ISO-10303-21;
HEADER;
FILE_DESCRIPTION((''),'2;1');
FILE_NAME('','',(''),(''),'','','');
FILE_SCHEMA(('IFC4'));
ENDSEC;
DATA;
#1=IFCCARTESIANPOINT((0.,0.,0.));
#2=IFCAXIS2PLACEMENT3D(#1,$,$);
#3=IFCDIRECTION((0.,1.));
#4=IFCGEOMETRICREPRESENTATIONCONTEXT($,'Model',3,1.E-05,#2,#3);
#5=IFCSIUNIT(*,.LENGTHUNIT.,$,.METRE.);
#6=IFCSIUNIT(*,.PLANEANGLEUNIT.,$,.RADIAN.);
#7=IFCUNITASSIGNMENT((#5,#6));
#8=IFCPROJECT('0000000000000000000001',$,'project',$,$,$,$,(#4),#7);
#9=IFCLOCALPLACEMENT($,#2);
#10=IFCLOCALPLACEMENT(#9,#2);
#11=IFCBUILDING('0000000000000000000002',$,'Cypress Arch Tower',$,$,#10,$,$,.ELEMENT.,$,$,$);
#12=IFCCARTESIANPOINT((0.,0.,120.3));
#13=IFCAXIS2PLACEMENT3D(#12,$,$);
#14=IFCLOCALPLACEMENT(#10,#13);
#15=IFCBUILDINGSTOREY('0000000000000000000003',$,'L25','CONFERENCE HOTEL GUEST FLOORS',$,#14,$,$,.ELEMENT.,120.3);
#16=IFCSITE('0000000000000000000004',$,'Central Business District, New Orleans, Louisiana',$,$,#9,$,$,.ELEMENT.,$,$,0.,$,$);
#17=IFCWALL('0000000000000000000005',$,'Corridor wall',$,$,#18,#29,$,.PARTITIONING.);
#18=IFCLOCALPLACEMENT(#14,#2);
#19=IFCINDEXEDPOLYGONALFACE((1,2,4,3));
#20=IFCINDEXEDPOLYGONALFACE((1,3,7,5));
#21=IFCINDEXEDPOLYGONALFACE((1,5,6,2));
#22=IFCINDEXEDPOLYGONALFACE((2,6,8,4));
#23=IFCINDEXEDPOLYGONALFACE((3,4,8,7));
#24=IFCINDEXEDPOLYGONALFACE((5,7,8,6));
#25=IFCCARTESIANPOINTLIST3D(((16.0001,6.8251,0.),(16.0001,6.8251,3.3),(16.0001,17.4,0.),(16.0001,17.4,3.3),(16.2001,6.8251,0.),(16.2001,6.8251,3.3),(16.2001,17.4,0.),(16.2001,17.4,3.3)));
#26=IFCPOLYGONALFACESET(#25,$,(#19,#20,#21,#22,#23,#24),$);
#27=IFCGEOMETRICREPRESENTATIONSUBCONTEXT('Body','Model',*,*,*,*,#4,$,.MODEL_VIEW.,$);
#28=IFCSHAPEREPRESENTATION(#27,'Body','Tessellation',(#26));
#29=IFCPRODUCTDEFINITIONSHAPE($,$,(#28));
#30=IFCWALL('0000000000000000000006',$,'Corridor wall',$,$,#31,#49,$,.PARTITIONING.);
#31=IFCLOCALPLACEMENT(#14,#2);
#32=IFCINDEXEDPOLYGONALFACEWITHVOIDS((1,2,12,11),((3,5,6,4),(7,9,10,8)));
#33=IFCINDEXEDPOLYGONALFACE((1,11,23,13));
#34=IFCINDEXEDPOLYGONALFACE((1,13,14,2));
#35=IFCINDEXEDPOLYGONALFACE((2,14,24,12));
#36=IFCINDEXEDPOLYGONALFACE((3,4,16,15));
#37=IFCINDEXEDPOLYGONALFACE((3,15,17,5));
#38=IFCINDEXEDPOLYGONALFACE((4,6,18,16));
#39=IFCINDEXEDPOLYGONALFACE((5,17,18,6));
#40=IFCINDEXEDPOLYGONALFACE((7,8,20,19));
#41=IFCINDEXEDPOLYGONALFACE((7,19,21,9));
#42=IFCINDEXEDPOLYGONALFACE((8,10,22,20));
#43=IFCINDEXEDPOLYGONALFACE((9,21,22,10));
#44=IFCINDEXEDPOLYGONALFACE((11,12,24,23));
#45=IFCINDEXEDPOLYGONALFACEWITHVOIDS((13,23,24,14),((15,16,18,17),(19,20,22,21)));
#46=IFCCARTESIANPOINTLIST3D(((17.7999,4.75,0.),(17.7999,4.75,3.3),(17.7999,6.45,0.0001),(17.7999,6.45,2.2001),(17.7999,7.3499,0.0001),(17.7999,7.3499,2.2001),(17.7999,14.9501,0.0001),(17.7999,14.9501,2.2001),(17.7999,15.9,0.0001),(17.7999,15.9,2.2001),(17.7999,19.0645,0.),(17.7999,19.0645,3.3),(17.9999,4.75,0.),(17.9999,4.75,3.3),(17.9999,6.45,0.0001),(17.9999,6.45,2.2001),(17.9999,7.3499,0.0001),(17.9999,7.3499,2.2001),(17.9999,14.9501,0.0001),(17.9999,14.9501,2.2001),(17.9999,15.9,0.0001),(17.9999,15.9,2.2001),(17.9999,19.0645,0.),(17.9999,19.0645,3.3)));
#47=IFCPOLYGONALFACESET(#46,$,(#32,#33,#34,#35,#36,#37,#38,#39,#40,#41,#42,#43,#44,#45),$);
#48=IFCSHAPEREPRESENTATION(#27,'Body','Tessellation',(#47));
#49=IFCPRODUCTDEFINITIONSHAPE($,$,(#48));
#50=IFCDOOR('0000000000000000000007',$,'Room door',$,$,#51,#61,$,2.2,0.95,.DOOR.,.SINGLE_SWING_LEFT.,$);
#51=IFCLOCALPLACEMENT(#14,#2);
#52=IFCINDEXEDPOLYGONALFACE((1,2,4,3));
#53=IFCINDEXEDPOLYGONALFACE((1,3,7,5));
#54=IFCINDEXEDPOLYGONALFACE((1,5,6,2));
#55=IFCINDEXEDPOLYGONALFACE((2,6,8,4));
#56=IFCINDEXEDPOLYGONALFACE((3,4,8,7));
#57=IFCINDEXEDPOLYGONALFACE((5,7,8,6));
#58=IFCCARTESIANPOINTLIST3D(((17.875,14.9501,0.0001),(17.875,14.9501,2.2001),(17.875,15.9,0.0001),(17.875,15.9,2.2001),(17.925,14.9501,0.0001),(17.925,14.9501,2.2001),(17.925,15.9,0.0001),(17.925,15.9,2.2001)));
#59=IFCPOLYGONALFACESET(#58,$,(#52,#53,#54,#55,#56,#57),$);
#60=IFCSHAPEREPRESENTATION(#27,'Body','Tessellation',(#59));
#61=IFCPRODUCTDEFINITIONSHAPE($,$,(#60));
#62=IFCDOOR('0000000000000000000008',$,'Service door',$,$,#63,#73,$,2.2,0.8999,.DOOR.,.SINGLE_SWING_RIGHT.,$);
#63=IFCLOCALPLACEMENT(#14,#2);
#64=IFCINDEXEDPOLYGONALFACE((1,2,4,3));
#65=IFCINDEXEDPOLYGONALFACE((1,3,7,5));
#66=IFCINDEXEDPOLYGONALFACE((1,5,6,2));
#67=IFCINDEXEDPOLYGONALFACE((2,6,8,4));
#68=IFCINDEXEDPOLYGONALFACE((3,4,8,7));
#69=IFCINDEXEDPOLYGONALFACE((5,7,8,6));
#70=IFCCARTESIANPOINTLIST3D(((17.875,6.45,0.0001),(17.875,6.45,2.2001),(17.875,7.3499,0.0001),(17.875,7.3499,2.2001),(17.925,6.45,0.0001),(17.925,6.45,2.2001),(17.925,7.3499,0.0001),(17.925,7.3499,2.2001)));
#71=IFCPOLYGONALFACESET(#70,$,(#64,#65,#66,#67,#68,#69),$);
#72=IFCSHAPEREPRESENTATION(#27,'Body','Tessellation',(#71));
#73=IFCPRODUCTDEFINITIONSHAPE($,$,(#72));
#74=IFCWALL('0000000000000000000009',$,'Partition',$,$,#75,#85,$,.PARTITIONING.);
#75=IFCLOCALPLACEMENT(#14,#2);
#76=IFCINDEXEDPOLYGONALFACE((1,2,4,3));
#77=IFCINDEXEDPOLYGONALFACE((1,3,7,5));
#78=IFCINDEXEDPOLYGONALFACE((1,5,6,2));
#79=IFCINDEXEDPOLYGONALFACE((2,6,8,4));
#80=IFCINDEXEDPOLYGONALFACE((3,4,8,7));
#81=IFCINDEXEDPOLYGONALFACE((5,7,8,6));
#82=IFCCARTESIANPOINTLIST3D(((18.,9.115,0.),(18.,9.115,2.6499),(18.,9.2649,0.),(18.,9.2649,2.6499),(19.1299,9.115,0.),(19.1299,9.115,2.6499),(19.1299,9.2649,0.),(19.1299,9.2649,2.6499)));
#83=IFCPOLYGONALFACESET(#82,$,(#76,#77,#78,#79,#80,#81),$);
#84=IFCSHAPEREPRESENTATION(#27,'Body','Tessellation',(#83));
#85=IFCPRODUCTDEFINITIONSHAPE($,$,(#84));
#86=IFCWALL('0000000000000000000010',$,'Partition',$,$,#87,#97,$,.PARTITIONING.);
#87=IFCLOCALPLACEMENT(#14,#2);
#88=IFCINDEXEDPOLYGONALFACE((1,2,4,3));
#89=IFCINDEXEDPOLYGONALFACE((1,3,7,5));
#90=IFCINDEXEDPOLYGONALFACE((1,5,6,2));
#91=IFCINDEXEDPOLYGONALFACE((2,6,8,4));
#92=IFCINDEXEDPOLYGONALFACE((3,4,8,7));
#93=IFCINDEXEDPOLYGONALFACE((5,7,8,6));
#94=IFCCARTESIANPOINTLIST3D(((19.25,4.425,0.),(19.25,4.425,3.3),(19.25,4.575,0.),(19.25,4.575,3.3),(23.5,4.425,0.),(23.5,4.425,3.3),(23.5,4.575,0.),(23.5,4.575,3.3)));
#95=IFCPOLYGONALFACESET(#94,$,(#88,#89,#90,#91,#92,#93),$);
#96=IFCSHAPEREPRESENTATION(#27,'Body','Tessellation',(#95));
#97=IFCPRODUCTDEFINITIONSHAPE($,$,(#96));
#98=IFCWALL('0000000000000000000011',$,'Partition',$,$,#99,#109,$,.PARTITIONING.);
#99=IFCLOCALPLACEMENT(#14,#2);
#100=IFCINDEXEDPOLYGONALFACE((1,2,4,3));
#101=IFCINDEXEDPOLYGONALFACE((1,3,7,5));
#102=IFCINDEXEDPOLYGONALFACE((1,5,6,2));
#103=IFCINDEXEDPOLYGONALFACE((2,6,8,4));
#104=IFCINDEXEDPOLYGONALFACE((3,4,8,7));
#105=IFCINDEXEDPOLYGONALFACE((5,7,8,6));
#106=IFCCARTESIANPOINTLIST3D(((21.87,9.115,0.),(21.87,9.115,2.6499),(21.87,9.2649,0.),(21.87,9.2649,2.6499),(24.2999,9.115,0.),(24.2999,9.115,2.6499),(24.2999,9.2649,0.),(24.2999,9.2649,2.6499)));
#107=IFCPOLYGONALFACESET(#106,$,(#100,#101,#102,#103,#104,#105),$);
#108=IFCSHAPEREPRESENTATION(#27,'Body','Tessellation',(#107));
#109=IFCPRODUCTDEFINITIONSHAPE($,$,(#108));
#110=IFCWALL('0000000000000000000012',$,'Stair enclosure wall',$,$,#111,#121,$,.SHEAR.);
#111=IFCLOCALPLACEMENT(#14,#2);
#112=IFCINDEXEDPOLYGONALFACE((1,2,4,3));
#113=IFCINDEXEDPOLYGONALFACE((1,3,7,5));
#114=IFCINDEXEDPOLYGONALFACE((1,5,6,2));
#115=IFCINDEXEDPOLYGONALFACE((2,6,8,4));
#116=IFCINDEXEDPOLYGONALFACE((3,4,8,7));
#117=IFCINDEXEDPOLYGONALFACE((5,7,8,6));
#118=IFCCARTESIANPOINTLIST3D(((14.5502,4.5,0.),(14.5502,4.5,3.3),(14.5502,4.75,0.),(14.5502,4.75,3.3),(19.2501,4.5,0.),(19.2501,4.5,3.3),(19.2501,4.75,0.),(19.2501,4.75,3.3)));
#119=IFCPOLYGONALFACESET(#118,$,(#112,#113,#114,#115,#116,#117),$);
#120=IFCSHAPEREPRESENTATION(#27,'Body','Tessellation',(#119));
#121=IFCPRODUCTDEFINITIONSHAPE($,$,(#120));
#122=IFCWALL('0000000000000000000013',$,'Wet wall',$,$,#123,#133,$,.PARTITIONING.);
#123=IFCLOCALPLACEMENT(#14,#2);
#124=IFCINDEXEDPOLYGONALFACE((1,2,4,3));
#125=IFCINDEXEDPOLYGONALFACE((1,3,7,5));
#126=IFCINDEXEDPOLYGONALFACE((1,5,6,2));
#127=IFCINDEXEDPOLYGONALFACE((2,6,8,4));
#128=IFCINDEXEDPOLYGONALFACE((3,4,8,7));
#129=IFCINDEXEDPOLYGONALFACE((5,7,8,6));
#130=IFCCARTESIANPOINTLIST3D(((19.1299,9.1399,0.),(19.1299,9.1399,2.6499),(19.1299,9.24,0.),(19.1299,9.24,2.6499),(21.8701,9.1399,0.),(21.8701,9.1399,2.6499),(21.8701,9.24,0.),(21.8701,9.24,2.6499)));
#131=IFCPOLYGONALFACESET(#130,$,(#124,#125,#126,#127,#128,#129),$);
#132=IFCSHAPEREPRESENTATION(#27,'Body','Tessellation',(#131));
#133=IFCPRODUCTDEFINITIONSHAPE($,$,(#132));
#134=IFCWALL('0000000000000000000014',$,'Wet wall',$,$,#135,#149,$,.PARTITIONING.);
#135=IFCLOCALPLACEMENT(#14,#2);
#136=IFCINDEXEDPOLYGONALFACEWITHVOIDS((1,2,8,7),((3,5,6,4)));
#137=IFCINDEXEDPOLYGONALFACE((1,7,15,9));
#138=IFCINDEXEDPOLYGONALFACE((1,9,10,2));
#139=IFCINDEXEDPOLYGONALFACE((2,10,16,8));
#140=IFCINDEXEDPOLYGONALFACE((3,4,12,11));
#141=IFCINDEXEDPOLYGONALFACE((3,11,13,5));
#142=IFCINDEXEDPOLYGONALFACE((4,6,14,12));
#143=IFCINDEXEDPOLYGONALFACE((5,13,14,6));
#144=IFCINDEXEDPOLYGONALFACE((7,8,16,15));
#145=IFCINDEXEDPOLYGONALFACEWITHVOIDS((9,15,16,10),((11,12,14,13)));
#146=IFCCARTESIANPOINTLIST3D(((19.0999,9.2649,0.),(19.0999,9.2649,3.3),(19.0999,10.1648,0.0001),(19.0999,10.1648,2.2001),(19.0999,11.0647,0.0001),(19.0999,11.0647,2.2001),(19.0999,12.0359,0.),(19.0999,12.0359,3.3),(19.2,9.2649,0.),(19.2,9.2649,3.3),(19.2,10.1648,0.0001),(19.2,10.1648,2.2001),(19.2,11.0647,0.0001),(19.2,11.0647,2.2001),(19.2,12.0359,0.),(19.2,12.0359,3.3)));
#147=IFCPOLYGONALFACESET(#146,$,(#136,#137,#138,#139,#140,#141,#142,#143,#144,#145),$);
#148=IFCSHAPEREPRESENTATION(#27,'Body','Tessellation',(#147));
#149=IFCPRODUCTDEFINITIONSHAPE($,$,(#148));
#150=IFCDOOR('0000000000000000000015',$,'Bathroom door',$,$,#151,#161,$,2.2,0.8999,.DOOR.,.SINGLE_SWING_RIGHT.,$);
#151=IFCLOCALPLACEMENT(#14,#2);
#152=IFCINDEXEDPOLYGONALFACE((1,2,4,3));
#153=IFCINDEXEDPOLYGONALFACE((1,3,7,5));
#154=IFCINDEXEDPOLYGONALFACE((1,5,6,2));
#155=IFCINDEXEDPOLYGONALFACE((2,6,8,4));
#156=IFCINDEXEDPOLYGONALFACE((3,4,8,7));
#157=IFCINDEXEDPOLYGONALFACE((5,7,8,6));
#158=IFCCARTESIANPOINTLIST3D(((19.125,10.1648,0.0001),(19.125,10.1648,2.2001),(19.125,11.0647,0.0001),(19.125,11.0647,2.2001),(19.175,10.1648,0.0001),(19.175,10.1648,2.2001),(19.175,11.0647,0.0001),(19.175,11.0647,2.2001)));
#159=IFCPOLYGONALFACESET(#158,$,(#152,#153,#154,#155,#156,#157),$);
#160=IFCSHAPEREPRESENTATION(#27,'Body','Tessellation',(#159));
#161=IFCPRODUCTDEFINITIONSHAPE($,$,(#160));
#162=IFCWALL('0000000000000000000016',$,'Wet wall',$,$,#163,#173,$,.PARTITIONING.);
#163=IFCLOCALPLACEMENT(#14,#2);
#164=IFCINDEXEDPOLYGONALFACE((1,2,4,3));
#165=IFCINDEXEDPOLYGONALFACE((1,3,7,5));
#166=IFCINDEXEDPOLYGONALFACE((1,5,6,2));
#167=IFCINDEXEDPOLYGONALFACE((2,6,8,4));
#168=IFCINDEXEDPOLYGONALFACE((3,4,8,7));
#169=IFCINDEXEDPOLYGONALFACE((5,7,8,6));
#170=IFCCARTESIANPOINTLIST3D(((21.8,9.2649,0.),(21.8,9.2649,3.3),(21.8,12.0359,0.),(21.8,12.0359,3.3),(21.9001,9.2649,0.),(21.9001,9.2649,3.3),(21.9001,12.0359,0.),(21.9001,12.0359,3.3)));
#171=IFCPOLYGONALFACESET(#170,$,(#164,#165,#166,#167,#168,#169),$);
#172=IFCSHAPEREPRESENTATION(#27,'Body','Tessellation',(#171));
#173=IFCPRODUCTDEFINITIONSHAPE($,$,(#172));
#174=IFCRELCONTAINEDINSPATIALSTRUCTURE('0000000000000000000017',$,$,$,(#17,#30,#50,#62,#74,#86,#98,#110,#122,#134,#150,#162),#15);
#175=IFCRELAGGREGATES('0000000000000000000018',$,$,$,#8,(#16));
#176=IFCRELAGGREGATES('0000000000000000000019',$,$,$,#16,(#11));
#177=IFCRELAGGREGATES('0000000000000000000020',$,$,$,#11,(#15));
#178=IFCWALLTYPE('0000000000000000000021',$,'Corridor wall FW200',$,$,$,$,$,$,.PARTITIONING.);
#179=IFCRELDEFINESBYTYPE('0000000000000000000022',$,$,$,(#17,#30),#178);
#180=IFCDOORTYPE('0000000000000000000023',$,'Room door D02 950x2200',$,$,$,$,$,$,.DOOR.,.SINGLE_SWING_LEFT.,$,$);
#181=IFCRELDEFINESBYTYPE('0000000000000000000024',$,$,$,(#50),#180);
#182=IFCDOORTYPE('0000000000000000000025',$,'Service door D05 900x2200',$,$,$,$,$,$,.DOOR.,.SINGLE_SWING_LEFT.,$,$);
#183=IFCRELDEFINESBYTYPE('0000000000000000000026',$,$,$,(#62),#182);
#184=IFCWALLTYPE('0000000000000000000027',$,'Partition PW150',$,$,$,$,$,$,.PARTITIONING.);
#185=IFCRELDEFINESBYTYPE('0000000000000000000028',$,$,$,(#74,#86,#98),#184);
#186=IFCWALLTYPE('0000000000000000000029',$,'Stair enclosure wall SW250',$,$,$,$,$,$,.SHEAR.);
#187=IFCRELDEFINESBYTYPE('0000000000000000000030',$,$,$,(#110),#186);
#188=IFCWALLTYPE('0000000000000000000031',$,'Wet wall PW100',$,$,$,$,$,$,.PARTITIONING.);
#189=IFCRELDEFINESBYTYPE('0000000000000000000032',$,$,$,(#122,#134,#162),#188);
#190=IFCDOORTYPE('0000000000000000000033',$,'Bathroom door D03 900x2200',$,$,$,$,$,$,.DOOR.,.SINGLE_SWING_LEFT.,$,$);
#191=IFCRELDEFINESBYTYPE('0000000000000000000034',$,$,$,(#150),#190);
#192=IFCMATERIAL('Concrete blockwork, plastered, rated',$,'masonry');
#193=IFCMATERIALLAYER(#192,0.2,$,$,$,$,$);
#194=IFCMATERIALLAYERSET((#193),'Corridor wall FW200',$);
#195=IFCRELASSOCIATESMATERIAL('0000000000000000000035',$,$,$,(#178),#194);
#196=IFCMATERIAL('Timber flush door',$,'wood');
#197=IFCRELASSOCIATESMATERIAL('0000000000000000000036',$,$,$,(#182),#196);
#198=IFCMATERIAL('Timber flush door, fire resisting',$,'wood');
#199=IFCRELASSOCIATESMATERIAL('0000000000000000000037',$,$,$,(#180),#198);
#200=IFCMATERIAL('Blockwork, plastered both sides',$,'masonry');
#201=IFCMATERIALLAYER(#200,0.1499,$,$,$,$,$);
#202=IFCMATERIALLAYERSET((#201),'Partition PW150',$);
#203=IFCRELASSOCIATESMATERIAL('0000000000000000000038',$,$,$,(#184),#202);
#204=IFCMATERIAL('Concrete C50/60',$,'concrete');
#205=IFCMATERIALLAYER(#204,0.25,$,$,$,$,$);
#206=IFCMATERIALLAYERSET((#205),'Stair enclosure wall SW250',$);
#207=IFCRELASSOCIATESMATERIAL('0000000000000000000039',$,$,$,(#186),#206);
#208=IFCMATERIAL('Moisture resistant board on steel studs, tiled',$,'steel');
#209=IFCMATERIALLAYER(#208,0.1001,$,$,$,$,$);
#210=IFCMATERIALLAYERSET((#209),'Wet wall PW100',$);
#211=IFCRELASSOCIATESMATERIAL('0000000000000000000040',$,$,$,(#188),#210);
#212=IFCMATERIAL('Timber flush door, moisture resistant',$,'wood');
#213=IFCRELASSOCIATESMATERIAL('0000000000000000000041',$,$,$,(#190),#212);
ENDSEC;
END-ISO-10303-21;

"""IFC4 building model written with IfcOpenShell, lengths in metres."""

from ifc_helpers import new_model, si_unit, direction, frame, frame_2d, origin, place, context, subcontext, project, spatial, rectangle, extrude, material, layer, layer_set, type_object, element, fill, save


model = new_model("IFC4")

# Units and contexts
model_context = context("Model", 3, precision=1e-05, world=origin(), true_north=direction((0.0, 1.0)))
body_context = subcontext(model_context, "Body", "Model", "MODEL_VIEW")
ifc_project = project(units=[si_unit("LENGTHUNIT", "METRE"), si_unit("PLANEANGLEUNIT", "RADIAN")], contexts=[model_context])

# Site, building, storey
site_placement = place(None, origin())
site = spatial("IfcSite", under=ifc_project, at=site_placement, Name="Central Business District, New Orleans, Louisiana", CompositionType="ELEMENT", RefElevation=0.0)
building_placement = place(site_placement, origin())
building = spatial("IfcBuilding", under=site, at=building_placement, Name="Cypress Arch Tower", CompositionType="ELEMENT")
storey_placement = place(building_placement, frame((0.0, 0.0, 120.3)))
storey = spatial("IfcBuildingStorey", under=building, at=storey_placement, Name="L25", Description="CONFERENCE HOTEL GUEST FLOORS", CompositionType="ELEMENT", Elevation=120.3)

# Shared definitions
ifc_material_1 = material(Name="Concrete blockwork, plastered, rated", Category="masonry")
ifc_layer_1 = layer(ifc_material_1, 0.2)
ifc_layer_set_1 = layer_set([ifc_layer_1], Name="Corridor wall FW200")
wall_type_1 = type_object("IfcWallType", Name="Corridor wall FW200", PredefinedType="PARTITIONING", material=ifc_layer_set_1)
ifc_material_2 = material(Name="Timber flush door", Category="wood")
door_type_1 = type_object("IfcDoorType", Name="Service door D05 900x2200", OperationType="SINGLE_SWING_LEFT", PredefinedType="DOOR", material=ifc_material_2)

# Wall
wall_1_placement = place(storey_placement, frame((16.1001, 6.825, 0.0), z_axis=(0.0, 0.0, 1.0), x_axis=(0.0, 1.0, 0.0)))
element("IfcWall", 1, at=wall_1_placement, inside=storey, type_object=wall_type_1, Name="Corridor wall", PredefinedType="PARTITIONING", context=body_context, shape_type="SweptSolid", body=[
    extrude(rectangle(XDim=10.575, YDim=0.2, at=frame_2d((5.2876, 0.0))), origin(), (0.0, 0.0, 1.0), 3.3),
])

# Wall, openings, doors
wall_2_placement = place(storey_placement, frame((17.8999, 4.75, 0.0), z_axis=(0.0, 0.0, 1.0), x_axis=(0.0, 1.0, 0.0)))
wall_2 = element("IfcWall", 2, at=wall_2_placement, inside=storey, type_object=wall_type_1, Name="Corridor wall", PredefinedType="PARTITIONING", context=body_context, shape_type="SweptSolid", body=[
    extrude(rectangle(XDim=14.3145, YDim=0.2, at=frame_2d((7.1572, 0.0))), origin(), (0.0, 0.0, 1.0), 3.3),
])
opening_1_placement = place(wall_2_placement, frame((1.7, 0.0, 0.0)))
opening_1 = element("IfcOpeningElement", 3, at=opening_1_placement, cuts=wall_2, PredefinedType="OPENING", context=body_context, shape_type="SweptSolid", body=[
    extrude(rectangle(XDim=0.8999, YDim=2.2, at=frame_2d((0.45, 1.1001))), frame((0.0, 0.1099, 0.0), z_axis=(0.0, -1.0, 0.0), x_axis=(1.0, 0.0, 0.0)), (0.0, 0.0, 1.0), 0.22),
])
opening_2_placement = place(wall_2_placement, frame((10.2, 0.0, 0.0)))
opening_2 = element("IfcOpeningElement", 4, at=opening_2_placement, cuts=wall_2, PredefinedType="OPENING", context=body_context, shape_type="SweptSolid", body=[
    extrude(rectangle(XDim=0.95, YDim=2.2, at=frame_2d((0.4751, 1.1001))), frame((0.0, 0.1099, 0.0), z_axis=(0.0, -1.0, 0.0), x_axis=(1.0, 0.0, 0.0)), (0.0, 0.0, 1.0), 0.22),
])
ifc_material_3 = material(Name="Timber flush door, fire resisting", Category="wood")
door_type_2 = type_object("IfcDoorType", Name="Room door D02 950x2200", OperationType="SINGLE_SWING_LEFT", PredefinedType="DOOR", material=ifc_material_3)
door_1_placement = place(opening_2_placement, origin())
door_1 = element("IfcDoor", 5, at=door_1_placement, inside=storey, type_object=door_type_2, Name="Room door", OperationType="SINGLE_SWING_LEFT", OverallHeight=2.2, OverallWidth=0.95, PredefinedType="DOOR", context=body_context, shape_type="SweptSolid", body=[
    extrude(rectangle(XDim=0.95, YDim=2.2, at=frame_2d((0.4751, 1.1001))), frame((0.0, 0.0249, 0.0), z_axis=(0.0, -1.0, 0.0), x_axis=(1.0, 0.0, 0.0)), (0.0, 0.0, 1.0), 0.05),
])
fill(opening_2, door_1)
door_2_placement = place(opening_1_placement, origin())
door_2 = element("IfcDoor", 6, at=door_2_placement, inside=storey, type_object=door_type_1, Name="Service door", OperationType="SINGLE_SWING_RIGHT", OverallHeight=2.2, OverallWidth=0.8999, PredefinedType="DOOR", context=body_context, shape_type="SweptSolid", body=[
    extrude(rectangle(XDim=0.8999, YDim=2.2, at=frame_2d((0.45, 1.1001))), frame((0.0, 0.0249, 0.0), z_axis=(0.0, -1.0, 0.0), x_axis=(1.0, 0.0, 0.0)), (0.0, 0.0, 1.0), 0.05),
])
fill(opening_1, door_2)

# Walls
ifc_material_4 = material(Name="Blockwork, plastered both sides", Category="masonry")
ifc_layer_2 = layer(ifc_material_4, 0.1499)
ifc_layer_set_2 = layer_set([ifc_layer_2], Name="Partition PW150")
wall_type_2 = type_object("IfcWallType", Name="Partition PW150", PredefinedType="PARTITIONING", material=ifc_layer_set_2)
wall_3_placement = place(storey_placement, frame((18.0, 9.1899, 0.0), z_axis=(0.0, 0.0, 1.0), x_axis=(1.0, 0.0, 0.0)))
element("IfcWall", 7, at=wall_3_placement, inside=storey, type_object=wall_type_2, Name="Partition", PredefinedType="PARTITIONING", context=body_context, shape_type="SweptSolid", body=[
    extrude(rectangle(XDim=1.1299, YDim=0.1499, at=frame_2d((0.5649, 0.0))), origin(), (0.0, 0.0, 1.0), 2.6499),
])
wall_4_placement = place(storey_placement, frame((19.25, 4.5, 0.0), z_axis=(0.0, 0.0, 1.0), x_axis=(1.0, 0.0, 0.0)))
element("IfcWall", 8, at=wall_4_placement, inside=storey, type_object=wall_type_2, Name="Partition", PredefinedType="PARTITIONING", context=body_context, shape_type="SweptSolid", body=[
    extrude(rectangle(XDim=4.25, YDim=0.1499, at=frame_2d((2.125, 0.0))), origin(), (0.0, 0.0, 1.0), 3.3),
])
wall_5_placement = place(storey_placement, frame((21.8701, 9.1899, 0.0), z_axis=(0.0, 0.0, 1.0), x_axis=(1.0, 0.0, 0.0)))
element("IfcWall", 9, at=wall_5_placement, inside=storey, type_object=wall_type_2, Name="Partition", PredefinedType="PARTITIONING", context=body_context, shape_type="SweptSolid", body=[
    extrude(rectangle(XDim=2.4299, YDim=0.1499, at=frame_2d((1.2148, 0.0))), origin(), (0.0, 0.0, 1.0), 2.6499),
])
ifc_material_5 = material(Name="Concrete C50/60", Category="concrete")
ifc_layer_3 = layer(ifc_material_5, 0.25)
ifc_layer_set_3 = layer_set([ifc_layer_3], Name="Stair enclosure wall SW250")
wall_type_3 = type_object("IfcWallType", Name="Stair enclosure wall SW250", PredefinedType="SHEAR", material=ifc_layer_set_3)
wall_6_placement = place(storey_placement, frame((14.55, 4.625, 0.0), z_axis=(0.0, 0.0, 1.0), x_axis=(1.0, 0.0, 0.0)))
element("IfcWall", 10, at=wall_6_placement, inside=storey, type_object=wall_type_3, Name="Stair enclosure wall", PredefinedType="SHEAR", context=body_context, shape_type="SweptSolid", body=[
    extrude(rectangle(XDim=4.7, YDim=0.25, at=frame_2d((2.3501, 0.0))), origin(), (0.0, 0.0, 1.0), 3.3),
])
ifc_material_6 = material(Name="Moisture resistant board on steel studs, tiled", Category="steel")
ifc_layer_4 = layer(ifc_material_6, 0.1001)
ifc_layer_set_4 = layer_set([ifc_layer_4], Name="Wet wall PW100")
wall_type_4 = type_object("IfcWallType", Name="Wet wall PW100", PredefinedType="PARTITIONING", material=ifc_layer_set_4)
wall_7_placement = place(storey_placement, frame((19.1299, 9.1899, 0.0), z_axis=(0.0, 0.0, 1.0), x_axis=(1.0, 0.0, 0.0)))
element("IfcWall", 11, at=wall_7_placement, inside=storey, type_object=wall_type_4, Name="Wet wall", PredefinedType="PARTITIONING", context=body_context, shape_type="SweptSolid", body=[
    extrude(rectangle(XDim=2.7402, YDim=0.1001, at=frame_2d((1.3701, 0.0))), origin(), (0.0, 0.0, 1.0), 2.6499),
])

# Wall, opening, door
wall_8_placement = place(storey_placement, frame((19.1499, 9.2649, 0.0), z_axis=(0.0, 0.0, 1.0), x_axis=(0.0, 1.0, 0.0)))
wall_8 = element("IfcWall", 12, at=wall_8_placement, inside=storey, type_object=wall_type_4, Name="Wet wall", PredefinedType="PARTITIONING", context=body_context, shape_type="SweptSolid", body=[
    extrude(rectangle(XDim=2.771, YDim=0.1001, at=frame_2d((1.3855, 0.0))), origin(), (0.0, 0.0, 1.0), 3.3),
])
opening_3_placement = place(wall_8_placement, frame((0.8999, 0.0, 0.0)))
opening_3 = element("IfcOpeningElement", 13, at=opening_3_placement, cuts=wall_8, PredefinedType="OPENING", context=body_context, shape_type="SweptSolid", body=[
    extrude(rectangle(XDim=0.8999, YDim=2.2, at=frame_2d((0.45, 1.1001))), frame((0.0, 0.0601, 0.0), z_axis=(0.0, -1.0, 0.0), x_axis=(1.0, 0.0, 0.0)), (0.0, 0.0, 1.0), 0.1201),
])
ifc_material_7 = material(Name="Timber flush door, moisture resistant", Category="wood")
door_type_3 = type_object("IfcDoorType", Name="Bathroom door D03 900x2200", OperationType="SINGLE_SWING_LEFT", PredefinedType="DOOR", material=ifc_material_7)
door_3_placement = place(opening_3_placement, origin())
door_3 = element("IfcDoor", 14, at=door_3_placement, inside=storey, type_object=door_type_3, Name="Bathroom door", OperationType="SINGLE_SWING_RIGHT", OverallHeight=2.2, OverallWidth=0.8999, PredefinedType="DOOR", context=body_context, shape_type="SweptSolid", body=[
    extrude(rectangle(XDim=0.8999, YDim=2.2, at=frame_2d((0.45, 1.1001))), frame((0.0, 0.0249, 0.0), z_axis=(0.0, -1.0, 0.0), x_axis=(1.0, 0.0, 0.0)), (0.0, 0.0, 1.0), 0.05),
])
fill(opening_3, door_3)

# Wall
wall_9_placement = place(storey_placement, frame((21.8501, 9.2649, 0.0), z_axis=(0.0, 0.0, 1.0), x_axis=(0.0, 1.0, 0.0)))
element("IfcWall", 15, at=wall_9_placement, inside=storey, type_object=wall_type_4, Name="Wet wall", PredefinedType="PARTITIONING", context=body_context, shape_type="SweptSolid", body=[
    extrude(rectangle(XDim=2.771, YDim=0.1001, at=frame_2d((1.3855, 0.0))), origin(), (0.0, 0.0, 1.0), 3.3),
])

save(model, "model.ifc")
